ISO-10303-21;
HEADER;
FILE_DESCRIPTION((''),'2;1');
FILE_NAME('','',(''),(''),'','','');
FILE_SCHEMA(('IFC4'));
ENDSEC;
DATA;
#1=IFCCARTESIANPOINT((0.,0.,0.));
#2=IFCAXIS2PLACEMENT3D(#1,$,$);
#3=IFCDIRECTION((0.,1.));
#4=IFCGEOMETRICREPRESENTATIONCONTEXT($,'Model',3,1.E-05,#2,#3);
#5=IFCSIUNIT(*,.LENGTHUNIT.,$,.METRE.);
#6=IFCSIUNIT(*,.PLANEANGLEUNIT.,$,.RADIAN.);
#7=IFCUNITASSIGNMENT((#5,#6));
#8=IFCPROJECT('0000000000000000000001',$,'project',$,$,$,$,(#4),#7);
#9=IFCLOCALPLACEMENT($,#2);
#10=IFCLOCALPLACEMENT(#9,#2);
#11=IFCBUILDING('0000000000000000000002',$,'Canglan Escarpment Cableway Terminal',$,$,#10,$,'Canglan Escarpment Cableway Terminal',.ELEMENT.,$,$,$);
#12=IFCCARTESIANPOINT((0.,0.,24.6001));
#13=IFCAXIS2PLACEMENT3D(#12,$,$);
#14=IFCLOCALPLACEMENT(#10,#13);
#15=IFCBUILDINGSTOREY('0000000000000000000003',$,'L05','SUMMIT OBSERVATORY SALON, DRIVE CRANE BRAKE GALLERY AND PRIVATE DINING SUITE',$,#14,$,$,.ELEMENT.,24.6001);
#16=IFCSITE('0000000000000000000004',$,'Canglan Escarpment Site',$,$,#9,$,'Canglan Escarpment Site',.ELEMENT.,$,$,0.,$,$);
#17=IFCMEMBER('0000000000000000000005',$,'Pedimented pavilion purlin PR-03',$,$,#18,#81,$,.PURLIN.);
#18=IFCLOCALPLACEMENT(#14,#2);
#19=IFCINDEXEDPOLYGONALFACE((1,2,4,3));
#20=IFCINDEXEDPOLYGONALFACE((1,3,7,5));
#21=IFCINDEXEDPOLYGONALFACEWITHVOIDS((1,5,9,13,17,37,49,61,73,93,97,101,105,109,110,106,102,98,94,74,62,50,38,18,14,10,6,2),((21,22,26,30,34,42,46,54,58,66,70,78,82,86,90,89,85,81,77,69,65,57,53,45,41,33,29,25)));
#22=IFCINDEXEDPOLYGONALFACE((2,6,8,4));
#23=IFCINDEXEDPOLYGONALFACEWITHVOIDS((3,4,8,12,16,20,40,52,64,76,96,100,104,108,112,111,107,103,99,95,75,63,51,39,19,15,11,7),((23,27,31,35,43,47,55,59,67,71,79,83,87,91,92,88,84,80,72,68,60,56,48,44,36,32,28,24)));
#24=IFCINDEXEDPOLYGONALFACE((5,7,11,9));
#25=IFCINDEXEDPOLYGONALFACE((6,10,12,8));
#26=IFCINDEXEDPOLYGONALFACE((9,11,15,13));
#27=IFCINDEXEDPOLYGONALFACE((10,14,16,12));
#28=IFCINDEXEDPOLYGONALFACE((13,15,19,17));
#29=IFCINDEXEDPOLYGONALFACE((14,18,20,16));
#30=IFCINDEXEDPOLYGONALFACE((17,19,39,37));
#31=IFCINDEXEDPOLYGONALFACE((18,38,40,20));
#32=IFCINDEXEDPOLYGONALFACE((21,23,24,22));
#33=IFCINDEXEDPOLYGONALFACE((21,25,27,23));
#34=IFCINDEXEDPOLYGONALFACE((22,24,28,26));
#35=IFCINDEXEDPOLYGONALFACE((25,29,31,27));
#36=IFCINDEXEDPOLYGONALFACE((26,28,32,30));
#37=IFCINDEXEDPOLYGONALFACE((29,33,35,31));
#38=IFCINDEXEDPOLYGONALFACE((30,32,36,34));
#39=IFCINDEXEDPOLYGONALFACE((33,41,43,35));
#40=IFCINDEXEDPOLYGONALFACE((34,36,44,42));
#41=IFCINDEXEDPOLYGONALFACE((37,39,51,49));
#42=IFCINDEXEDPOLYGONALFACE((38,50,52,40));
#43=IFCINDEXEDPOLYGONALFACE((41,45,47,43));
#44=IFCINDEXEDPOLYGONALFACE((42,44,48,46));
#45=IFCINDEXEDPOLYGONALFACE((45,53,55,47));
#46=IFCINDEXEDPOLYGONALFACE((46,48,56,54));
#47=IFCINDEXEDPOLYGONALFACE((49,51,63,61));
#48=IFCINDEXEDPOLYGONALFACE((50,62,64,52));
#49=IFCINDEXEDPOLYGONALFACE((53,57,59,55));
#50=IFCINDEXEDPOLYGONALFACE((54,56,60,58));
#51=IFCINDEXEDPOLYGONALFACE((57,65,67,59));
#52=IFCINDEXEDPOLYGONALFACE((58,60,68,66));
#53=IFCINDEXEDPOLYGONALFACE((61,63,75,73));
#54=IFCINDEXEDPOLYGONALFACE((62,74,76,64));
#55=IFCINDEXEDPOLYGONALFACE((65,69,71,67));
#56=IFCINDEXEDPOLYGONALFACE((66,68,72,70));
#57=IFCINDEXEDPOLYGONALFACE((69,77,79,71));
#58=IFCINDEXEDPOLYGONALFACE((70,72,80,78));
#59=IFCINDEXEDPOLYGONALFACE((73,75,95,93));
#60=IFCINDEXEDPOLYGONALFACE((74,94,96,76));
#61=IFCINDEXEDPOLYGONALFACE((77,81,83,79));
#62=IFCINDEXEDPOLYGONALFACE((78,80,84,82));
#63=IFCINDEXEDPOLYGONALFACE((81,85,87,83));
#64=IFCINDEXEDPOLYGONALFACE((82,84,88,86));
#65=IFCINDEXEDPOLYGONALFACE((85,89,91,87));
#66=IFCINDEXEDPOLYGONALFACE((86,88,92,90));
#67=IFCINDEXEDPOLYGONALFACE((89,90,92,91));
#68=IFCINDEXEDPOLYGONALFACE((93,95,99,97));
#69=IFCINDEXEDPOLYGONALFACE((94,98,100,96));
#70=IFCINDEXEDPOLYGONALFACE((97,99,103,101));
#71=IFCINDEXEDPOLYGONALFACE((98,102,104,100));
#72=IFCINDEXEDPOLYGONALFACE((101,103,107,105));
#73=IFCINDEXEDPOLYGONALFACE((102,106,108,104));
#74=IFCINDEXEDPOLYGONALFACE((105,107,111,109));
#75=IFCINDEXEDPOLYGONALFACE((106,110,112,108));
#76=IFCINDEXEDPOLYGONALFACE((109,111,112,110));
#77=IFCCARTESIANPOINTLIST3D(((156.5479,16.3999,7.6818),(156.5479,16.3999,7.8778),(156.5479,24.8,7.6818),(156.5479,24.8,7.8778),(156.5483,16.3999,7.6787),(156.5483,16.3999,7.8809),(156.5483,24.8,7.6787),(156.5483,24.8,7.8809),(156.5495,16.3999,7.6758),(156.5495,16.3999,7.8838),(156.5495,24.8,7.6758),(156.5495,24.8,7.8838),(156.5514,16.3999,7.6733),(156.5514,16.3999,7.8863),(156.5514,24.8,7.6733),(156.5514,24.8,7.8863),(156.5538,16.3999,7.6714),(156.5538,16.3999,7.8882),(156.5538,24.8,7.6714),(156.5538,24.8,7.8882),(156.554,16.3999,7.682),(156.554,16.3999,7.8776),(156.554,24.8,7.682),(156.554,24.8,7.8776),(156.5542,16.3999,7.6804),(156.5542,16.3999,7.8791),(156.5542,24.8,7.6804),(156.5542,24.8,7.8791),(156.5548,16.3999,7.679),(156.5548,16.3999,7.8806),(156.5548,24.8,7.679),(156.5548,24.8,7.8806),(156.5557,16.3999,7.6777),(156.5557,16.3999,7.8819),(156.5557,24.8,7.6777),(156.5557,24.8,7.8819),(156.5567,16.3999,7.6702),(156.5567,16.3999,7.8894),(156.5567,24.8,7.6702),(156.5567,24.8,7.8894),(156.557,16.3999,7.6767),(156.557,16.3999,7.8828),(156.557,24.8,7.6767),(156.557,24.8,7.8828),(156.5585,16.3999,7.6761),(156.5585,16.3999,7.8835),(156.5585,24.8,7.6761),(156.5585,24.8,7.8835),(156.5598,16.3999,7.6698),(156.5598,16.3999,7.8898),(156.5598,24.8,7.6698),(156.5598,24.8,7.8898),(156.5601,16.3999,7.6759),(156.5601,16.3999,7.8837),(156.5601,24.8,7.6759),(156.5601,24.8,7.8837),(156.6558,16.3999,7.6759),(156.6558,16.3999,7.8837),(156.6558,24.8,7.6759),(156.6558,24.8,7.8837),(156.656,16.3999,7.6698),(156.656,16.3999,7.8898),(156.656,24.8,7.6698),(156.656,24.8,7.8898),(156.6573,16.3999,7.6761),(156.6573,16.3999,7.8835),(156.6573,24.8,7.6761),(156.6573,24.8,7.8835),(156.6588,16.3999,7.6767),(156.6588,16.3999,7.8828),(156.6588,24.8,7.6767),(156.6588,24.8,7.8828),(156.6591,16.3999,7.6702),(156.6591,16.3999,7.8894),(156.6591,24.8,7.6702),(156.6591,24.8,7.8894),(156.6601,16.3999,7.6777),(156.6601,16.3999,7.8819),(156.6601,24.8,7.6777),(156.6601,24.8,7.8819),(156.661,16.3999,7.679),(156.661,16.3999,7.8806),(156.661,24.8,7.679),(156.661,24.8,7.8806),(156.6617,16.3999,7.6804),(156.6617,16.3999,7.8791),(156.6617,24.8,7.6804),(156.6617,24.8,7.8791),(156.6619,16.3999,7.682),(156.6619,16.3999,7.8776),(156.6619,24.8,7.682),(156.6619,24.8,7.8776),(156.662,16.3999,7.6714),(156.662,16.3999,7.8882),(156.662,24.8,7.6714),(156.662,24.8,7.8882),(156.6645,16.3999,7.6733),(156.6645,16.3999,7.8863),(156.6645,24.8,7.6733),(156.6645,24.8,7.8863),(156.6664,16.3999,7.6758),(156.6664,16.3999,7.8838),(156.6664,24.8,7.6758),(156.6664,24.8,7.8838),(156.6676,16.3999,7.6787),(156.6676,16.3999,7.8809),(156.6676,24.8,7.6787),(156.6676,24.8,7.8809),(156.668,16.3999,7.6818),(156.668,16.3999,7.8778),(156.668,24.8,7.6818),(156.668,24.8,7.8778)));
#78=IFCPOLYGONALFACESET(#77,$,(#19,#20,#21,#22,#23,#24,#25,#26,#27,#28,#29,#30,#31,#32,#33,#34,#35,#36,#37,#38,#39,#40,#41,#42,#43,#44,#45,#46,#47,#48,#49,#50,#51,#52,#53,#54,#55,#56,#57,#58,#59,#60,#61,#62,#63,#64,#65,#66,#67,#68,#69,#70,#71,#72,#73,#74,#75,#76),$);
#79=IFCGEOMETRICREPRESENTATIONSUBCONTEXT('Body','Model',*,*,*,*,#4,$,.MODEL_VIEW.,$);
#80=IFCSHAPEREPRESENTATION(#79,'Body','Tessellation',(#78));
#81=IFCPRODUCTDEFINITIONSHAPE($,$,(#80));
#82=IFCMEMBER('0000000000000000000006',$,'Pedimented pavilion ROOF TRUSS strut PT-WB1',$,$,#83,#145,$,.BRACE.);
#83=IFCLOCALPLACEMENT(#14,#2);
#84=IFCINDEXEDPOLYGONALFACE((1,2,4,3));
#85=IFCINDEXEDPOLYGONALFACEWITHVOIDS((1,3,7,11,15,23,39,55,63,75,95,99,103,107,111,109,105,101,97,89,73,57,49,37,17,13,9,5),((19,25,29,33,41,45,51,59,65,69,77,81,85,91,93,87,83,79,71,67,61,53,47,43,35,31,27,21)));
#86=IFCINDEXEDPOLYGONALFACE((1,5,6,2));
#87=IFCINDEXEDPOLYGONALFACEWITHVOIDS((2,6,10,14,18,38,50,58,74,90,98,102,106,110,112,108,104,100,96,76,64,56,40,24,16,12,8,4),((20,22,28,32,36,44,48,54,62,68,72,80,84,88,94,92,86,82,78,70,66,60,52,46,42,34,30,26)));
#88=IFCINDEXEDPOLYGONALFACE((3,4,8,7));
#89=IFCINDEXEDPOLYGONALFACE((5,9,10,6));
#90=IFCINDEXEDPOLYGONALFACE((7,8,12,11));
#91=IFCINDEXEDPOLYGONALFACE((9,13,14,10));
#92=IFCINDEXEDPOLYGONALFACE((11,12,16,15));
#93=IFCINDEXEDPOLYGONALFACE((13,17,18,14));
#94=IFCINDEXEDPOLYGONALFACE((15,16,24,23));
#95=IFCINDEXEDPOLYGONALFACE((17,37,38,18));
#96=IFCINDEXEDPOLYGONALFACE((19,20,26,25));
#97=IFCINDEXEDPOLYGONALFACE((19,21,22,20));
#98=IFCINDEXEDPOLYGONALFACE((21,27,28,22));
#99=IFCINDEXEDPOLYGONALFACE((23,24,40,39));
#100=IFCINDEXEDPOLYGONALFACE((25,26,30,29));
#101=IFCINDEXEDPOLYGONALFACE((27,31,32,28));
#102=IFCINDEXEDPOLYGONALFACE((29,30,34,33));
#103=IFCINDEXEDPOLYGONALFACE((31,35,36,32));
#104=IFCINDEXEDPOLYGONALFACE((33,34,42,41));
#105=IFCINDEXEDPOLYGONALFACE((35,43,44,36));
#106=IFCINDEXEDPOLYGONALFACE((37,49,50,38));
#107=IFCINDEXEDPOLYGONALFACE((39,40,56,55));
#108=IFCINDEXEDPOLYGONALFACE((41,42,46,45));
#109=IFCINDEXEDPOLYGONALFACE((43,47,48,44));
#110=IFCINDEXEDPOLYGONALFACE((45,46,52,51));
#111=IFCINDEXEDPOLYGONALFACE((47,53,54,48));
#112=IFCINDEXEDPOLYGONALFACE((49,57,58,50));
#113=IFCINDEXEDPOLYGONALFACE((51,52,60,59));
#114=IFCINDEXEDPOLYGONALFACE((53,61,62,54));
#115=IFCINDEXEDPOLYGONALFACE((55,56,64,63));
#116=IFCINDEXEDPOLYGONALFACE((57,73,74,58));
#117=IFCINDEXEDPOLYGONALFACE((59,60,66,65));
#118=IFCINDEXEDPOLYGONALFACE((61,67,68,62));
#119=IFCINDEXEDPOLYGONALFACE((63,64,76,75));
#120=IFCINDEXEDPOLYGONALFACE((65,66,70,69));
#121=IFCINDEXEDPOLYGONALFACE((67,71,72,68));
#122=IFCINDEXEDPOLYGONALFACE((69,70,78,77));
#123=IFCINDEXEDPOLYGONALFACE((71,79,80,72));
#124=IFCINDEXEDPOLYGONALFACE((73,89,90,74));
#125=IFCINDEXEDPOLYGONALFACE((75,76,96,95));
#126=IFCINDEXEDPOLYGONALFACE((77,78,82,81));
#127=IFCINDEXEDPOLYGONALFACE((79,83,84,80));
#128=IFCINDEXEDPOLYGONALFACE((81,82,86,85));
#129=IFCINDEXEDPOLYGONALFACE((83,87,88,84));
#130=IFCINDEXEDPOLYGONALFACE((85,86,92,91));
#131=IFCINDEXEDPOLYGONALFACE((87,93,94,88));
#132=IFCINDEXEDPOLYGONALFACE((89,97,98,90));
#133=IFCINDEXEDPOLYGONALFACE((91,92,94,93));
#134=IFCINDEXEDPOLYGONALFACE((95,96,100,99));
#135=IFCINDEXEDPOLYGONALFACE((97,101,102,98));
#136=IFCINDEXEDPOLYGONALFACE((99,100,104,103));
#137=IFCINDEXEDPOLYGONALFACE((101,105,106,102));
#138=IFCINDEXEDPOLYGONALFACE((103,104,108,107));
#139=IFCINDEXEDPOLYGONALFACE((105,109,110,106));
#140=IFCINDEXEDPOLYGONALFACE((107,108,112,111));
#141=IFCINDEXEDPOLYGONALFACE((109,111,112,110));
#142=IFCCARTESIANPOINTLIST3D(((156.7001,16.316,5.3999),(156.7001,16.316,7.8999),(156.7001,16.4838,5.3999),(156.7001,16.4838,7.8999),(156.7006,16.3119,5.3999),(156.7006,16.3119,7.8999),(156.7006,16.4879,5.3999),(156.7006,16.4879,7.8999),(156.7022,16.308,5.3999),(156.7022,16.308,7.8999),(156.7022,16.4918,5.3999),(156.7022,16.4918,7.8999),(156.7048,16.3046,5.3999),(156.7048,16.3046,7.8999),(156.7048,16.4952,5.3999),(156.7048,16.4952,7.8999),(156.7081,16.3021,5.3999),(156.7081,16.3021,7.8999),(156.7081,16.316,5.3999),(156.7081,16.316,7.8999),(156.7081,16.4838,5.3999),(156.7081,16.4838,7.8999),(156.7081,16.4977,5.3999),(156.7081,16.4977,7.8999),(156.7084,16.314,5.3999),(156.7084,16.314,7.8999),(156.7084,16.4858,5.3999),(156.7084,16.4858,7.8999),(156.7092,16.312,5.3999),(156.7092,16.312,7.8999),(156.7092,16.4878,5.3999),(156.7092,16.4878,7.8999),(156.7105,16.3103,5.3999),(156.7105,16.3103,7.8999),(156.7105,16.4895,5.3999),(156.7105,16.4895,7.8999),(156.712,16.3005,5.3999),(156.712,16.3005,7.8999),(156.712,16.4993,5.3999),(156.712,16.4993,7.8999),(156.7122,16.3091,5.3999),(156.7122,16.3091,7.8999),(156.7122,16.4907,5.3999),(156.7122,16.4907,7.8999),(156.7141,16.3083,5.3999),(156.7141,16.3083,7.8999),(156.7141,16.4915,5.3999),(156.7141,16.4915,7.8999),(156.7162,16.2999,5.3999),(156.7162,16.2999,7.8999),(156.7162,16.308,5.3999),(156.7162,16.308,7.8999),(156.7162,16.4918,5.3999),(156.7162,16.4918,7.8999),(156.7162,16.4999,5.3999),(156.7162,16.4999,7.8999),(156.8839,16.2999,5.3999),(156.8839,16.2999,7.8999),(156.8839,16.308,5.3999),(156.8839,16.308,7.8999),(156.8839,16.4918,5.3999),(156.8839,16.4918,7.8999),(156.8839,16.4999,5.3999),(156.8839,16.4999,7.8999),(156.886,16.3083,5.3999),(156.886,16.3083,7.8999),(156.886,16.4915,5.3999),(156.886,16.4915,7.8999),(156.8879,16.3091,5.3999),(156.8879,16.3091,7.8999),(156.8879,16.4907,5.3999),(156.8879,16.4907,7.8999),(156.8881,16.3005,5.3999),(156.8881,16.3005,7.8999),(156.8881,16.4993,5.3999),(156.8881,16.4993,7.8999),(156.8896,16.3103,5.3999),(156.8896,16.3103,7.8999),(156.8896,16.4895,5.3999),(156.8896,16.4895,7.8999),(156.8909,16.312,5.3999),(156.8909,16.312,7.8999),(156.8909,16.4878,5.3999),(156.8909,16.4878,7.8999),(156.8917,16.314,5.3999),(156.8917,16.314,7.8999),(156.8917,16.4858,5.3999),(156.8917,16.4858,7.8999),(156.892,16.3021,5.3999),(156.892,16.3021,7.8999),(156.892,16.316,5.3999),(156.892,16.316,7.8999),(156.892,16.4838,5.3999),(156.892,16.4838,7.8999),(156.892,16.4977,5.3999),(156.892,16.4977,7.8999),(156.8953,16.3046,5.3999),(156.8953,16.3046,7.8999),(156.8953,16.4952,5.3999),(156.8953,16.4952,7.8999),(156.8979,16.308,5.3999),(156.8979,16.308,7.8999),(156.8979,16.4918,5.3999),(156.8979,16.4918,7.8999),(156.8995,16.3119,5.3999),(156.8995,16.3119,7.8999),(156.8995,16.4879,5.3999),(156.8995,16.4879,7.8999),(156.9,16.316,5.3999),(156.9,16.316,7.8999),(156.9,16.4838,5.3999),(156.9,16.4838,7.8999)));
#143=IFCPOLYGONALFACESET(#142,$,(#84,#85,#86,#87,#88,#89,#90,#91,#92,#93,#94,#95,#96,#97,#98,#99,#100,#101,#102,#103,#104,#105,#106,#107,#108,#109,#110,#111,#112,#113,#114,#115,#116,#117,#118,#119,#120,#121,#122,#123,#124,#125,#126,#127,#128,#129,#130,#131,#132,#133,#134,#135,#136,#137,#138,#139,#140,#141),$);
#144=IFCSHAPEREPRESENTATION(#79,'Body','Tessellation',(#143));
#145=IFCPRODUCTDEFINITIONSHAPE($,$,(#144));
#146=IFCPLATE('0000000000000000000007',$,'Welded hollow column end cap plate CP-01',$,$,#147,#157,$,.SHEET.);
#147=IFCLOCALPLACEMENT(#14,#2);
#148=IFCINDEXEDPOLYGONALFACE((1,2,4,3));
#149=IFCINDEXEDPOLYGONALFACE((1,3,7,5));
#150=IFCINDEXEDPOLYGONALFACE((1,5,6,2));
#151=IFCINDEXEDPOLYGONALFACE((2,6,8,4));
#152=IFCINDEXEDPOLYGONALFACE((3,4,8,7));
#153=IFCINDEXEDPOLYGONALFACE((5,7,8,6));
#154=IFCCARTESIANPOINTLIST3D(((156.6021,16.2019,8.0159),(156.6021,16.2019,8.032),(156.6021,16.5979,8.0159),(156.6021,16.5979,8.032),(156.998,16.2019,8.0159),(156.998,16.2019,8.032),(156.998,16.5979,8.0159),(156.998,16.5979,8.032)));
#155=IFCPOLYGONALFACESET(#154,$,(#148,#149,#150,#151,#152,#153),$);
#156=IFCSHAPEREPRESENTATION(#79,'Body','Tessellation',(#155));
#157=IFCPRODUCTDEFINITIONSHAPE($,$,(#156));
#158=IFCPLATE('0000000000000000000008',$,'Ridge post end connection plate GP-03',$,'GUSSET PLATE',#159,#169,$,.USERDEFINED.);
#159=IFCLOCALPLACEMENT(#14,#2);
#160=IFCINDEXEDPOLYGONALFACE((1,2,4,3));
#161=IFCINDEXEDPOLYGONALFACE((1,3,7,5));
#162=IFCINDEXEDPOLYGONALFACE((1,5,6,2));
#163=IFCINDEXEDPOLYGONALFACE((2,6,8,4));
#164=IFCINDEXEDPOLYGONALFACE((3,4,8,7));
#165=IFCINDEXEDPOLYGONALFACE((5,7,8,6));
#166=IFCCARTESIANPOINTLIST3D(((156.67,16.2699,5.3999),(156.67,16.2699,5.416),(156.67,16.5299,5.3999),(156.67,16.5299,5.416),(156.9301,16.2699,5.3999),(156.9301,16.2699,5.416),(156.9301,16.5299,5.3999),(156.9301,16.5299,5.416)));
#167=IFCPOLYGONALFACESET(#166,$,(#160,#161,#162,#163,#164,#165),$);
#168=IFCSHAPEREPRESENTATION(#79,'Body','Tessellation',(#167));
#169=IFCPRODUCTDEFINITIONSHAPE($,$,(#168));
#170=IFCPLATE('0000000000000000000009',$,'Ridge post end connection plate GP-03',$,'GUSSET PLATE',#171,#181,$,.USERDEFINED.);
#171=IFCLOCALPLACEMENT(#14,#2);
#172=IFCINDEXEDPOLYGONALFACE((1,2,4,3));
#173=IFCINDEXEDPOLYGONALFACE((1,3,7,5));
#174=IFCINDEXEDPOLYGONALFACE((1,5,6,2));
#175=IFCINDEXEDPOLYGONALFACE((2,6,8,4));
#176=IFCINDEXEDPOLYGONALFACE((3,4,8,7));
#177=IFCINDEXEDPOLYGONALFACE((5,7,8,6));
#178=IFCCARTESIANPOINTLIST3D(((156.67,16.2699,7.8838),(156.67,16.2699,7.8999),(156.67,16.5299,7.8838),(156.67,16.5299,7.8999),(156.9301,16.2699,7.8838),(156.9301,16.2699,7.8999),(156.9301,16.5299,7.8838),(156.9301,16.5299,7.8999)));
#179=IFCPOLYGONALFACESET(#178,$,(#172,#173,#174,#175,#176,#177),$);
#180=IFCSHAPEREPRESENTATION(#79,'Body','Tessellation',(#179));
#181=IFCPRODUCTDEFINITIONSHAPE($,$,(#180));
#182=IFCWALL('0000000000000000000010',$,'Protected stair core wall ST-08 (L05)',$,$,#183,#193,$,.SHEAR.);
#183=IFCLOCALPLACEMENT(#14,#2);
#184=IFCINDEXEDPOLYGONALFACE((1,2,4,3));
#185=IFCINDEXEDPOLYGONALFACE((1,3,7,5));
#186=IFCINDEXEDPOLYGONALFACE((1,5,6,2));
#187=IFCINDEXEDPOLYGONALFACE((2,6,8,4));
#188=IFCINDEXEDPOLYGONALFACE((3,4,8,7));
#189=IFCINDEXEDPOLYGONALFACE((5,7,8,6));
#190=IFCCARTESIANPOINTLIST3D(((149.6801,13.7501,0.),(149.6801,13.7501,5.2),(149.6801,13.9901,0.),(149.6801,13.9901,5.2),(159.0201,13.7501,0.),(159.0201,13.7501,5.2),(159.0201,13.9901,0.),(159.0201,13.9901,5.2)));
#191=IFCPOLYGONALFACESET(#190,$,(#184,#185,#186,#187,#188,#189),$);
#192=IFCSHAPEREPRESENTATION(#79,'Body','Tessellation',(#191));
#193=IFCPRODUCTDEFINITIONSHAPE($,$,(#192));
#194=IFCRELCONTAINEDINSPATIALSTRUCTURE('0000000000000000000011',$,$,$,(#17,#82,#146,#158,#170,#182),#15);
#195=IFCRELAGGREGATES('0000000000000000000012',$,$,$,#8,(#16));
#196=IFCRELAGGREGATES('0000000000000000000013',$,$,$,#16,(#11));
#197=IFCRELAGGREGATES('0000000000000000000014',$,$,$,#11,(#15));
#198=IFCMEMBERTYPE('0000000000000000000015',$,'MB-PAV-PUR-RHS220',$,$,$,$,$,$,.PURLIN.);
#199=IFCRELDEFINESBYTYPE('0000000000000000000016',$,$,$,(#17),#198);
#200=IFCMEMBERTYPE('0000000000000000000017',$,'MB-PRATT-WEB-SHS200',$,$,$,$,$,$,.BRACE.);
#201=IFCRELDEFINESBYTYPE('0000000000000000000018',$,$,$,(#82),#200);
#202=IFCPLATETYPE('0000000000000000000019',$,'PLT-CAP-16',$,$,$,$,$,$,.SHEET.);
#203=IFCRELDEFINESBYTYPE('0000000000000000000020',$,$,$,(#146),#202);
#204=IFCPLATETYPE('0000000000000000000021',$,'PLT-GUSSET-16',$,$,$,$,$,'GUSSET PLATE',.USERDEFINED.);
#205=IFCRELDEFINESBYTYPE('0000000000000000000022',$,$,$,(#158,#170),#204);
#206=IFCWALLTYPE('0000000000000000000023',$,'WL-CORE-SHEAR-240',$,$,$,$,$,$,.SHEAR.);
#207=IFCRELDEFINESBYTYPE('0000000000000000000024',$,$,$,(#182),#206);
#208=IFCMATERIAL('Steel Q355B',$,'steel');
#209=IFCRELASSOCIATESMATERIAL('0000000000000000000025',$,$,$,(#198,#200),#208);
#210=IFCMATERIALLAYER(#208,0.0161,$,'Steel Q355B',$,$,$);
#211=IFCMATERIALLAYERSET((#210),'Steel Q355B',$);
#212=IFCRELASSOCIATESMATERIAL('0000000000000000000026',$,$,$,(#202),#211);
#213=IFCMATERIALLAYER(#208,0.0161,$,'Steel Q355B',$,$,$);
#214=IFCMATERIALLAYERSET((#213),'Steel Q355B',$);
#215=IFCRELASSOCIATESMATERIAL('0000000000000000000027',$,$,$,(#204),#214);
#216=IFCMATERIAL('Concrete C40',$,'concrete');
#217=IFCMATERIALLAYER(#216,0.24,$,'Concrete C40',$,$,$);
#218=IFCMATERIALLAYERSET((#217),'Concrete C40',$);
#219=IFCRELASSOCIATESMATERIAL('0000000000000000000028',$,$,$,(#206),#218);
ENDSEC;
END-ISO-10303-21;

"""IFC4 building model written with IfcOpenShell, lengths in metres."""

from ifc_helpers import new_model, si_unit, direction, frame, frame_2d, origin, origin_2d, place, context, subcontext, project, spatial, rectangle, hollow_rectangle, extrude, material, layer, layer_set, material_profile, profile_set, type_object, element, save


model = new_model("IFC4")

# Units and contexts
model_context = context("Model", 3, precision=1e-05, world=origin(), true_north=direction((0.0, 1.0)))
body_context = subcontext(model_context, "Body", "Model", "MODEL_VIEW")
ifc_project = project(units=[si_unit("LENGTHUNIT", "METRE"), si_unit("PLANEANGLEUNIT", "RADIAN")], contexts=[model_context])

# Site, building, storey
site_placement = place(None, origin())
site = spatial("IfcSite", under=ifc_project, at=site_placement, Name="Canglan Escarpment Site", LongName="Canglan Escarpment Site", CompositionType="ELEMENT", RefElevation=0.0)
building_placement = place(site_placement, origin())
building = spatial("IfcBuilding", under=site, at=building_placement, Name="Canglan Escarpment Cableway Terminal", LongName="Canglan Escarpment Cableway Terminal", CompositionType="ELEMENT")
storey_placement = place(building_placement, frame((0.0, 0.0, 24.6001)))
storey = spatial("IfcBuildingStorey", under=building, at=storey_placement, Name="L05", Description="SUMMIT OBSERVATORY SALON, DRIVE CRANE BRAKE GALLERY AND PRIVATE DINING SUITE", CompositionType="ELEMENT", Elevation=24.6001)

# Shared definitions
ifc_material_1 = material(Name="Steel Q355B", Category="steel")

# Members
ifc_material_profile_1 = material_profile(ifc_material_1, hollow_rectangle(XDim=0.1201, YDim=0.22, WallThickness=0.0061, InnerFilletRadius=0.0061, OuterFilletRadius=0.012, at=origin_2d()), Name="RHS 220x120x6")
ifc_profile_set_1 = profile_set([ifc_material_profile_1], Name="Steel Q355B")
member_type_1 = type_object("IfcMemberType", Name="MB-PAV-PUR-RHS220", PredefinedType="PURLIN", material=ifc_profile_set_1)
for number, where, z_axis, x_axis, name in (
    (1, (156.6079, 16.3999, 7.7798), (0.0, 1.0, 0.0), (-1.0, 0.0, 0.0), "Pedimented pavilion purlin PR-03"),
):
    element("IfcMember", number, at=place(storey_placement, frame(where, z_axis=z_axis, x_axis=x_axis)), inside=storey, type_object=member_type_1, Name=name, PredefinedType="PURLIN", context=body_context, shape_type="SweptSolid", body=[
        extrude(hollow_rectangle(XDim=0.1201, YDim=0.22, WallThickness=0.0061, InnerFilletRadius=0.0061, OuterFilletRadius=0.012, at=origin_2d()), origin(), (0.0, 0.0, 1.0), 8.4001),
    ])
ifc_material_profile_2 = material_profile(ifc_material_1, hollow_rectangle(XDim=0.2, YDim=0.2, WallThickness=0.0081, InnerFilletRadius=0.0081, OuterFilletRadius=0.0161, at=origin_2d()), Name="SHS 200x200x8")
ifc_profile_set_2 = profile_set([ifc_material_profile_2], Name="Steel Q355B")
member_type_2 = type_object("IfcMemberType", Name="MB-PRATT-WEB-SHS200", PredefinedType="BRACE", material=ifc_profile_set_2)
member_1_placement = place(storey_placement, frame((156.8, 16.3999, 5.3999), z_axis=(0.0, 0.0, 1.0), x_axis=(1.0, 0.0, 0.0)))
element("IfcMember", 2, at=member_1_placement, inside=storey, type_object=member_type_2, Name="Pedimented pavilion ROOF TRUSS strut PT-WB1", PredefinedType="BRACE", context=body_context, shape_type="SweptSolid", body=[
    extrude(hollow_rectangle(XDim=0.2, YDim=0.2, WallThickness=0.0081, InnerFilletRadius=0.0081, OuterFilletRadius=0.0161, at=origin_2d()), origin(), (0.0, 0.0, 1.0), 2.5),
])

# Plates
ifc_layer_1 = layer(ifc_material_1, 0.0161, Name="Steel Q355B")
ifc_layer_set_1 = layer_set([ifc_layer_1], Name="Steel Q355B")
plate_type_1 = type_object("IfcPlateType", Name="PLT-CAP-16", PredefinedType="SHEET", material=ifc_layer_set_1)
plate_placement = place(storey_placement, frame((156.8, 16.3999, 8.0159), z_axis=(0.0, 0.0, 1.0), x_axis=(1.0, 0.0, 0.0)))
element("IfcPlate", 3, at=plate_placement, inside=storey, type_object=plate_type_1, Name="Welded hollow column end cap plate CP-01", PredefinedType="SHEET", context=body_context, shape_type="SweptSolid", body=[
    extrude(rectangle(XDim=0.396, YDim=0.396, at=origin_2d()), origin(), (0.0, 0.0, 1.0), 0.0161),
])
ifc_layer_2 = layer(ifc_material_1, 0.0161, Name="Steel Q355B")
ifc_layer_set_2 = layer_set([ifc_layer_2], Name="Steel Q355B")
plate_type_2 = type_object("IfcPlateType", Name="PLT-GUSSET-16", ElementType="GUSSET PLATE", PredefinedType="USERDEFINED", material=ifc_layer_set_2)
for number, where, z_axis, x_axis, name in (
    (4, (156.8, 16.3999, 5.3999), (0.0, 0.0, 1.0), (1.0, 0.0, 0.0), "Ridge post end connection plate GP-03"),
    (5, (156.8, 16.3999, 7.8838), (0.0, 0.0, 1.0), (1.0, 0.0, 0.0), "Ridge post end connection plate GP-03"),
):
    element("IfcPlate", number, at=place(storey_placement, frame(where, z_axis=z_axis, x_axis=x_axis)), inside=storey, type_object=plate_type_2, Name=name, ObjectType="GUSSET PLATE", PredefinedType="USERDEFINED", context=body_context, shape_type="SweptSolid", body=[
        extrude(rectangle(XDim=0.26, YDim=0.26, at=origin_2d()), origin(), (0.0, 0.0, 1.0), 0.0161),
    ])

# Wall
ifc_material_2 = material(Name="Concrete C40", Category="concrete")
ifc_layer_3 = layer(ifc_material_2, 0.24, Name="Concrete C40")
ifc_layer_set_3 = layer_set([ifc_layer_3], Name="Concrete C40")
wall_type = type_object("IfcWallType", Name="WL-CORE-SHEAR-240", PredefinedType="SHEAR", material=ifc_layer_set_3)
for number, where, z_axis, x_axis, name in (
    (6, (159.02, 13.8701, 0.0), (0.0, 0.0, 1.0), (-1.0, 0.0, 0.0), "Protected stair core wall ST-08 (L05)"),
):
    element("IfcWall", number, at=place(storey_placement, frame(where, z_axis=z_axis, x_axis=x_axis)), inside=storey, type_object=wall_type, Name=name, PredefinedType="SHEAR", context=body_context, shape_type="SweptSolid", body=[
        extrude(rectangle(XDim=9.3401, YDim=0.24, at=frame_2d((4.6699, 0.0))), origin(), (0.0, 0.0, 1.0), 5.2),
    ])

save(model, "model.ifc")
